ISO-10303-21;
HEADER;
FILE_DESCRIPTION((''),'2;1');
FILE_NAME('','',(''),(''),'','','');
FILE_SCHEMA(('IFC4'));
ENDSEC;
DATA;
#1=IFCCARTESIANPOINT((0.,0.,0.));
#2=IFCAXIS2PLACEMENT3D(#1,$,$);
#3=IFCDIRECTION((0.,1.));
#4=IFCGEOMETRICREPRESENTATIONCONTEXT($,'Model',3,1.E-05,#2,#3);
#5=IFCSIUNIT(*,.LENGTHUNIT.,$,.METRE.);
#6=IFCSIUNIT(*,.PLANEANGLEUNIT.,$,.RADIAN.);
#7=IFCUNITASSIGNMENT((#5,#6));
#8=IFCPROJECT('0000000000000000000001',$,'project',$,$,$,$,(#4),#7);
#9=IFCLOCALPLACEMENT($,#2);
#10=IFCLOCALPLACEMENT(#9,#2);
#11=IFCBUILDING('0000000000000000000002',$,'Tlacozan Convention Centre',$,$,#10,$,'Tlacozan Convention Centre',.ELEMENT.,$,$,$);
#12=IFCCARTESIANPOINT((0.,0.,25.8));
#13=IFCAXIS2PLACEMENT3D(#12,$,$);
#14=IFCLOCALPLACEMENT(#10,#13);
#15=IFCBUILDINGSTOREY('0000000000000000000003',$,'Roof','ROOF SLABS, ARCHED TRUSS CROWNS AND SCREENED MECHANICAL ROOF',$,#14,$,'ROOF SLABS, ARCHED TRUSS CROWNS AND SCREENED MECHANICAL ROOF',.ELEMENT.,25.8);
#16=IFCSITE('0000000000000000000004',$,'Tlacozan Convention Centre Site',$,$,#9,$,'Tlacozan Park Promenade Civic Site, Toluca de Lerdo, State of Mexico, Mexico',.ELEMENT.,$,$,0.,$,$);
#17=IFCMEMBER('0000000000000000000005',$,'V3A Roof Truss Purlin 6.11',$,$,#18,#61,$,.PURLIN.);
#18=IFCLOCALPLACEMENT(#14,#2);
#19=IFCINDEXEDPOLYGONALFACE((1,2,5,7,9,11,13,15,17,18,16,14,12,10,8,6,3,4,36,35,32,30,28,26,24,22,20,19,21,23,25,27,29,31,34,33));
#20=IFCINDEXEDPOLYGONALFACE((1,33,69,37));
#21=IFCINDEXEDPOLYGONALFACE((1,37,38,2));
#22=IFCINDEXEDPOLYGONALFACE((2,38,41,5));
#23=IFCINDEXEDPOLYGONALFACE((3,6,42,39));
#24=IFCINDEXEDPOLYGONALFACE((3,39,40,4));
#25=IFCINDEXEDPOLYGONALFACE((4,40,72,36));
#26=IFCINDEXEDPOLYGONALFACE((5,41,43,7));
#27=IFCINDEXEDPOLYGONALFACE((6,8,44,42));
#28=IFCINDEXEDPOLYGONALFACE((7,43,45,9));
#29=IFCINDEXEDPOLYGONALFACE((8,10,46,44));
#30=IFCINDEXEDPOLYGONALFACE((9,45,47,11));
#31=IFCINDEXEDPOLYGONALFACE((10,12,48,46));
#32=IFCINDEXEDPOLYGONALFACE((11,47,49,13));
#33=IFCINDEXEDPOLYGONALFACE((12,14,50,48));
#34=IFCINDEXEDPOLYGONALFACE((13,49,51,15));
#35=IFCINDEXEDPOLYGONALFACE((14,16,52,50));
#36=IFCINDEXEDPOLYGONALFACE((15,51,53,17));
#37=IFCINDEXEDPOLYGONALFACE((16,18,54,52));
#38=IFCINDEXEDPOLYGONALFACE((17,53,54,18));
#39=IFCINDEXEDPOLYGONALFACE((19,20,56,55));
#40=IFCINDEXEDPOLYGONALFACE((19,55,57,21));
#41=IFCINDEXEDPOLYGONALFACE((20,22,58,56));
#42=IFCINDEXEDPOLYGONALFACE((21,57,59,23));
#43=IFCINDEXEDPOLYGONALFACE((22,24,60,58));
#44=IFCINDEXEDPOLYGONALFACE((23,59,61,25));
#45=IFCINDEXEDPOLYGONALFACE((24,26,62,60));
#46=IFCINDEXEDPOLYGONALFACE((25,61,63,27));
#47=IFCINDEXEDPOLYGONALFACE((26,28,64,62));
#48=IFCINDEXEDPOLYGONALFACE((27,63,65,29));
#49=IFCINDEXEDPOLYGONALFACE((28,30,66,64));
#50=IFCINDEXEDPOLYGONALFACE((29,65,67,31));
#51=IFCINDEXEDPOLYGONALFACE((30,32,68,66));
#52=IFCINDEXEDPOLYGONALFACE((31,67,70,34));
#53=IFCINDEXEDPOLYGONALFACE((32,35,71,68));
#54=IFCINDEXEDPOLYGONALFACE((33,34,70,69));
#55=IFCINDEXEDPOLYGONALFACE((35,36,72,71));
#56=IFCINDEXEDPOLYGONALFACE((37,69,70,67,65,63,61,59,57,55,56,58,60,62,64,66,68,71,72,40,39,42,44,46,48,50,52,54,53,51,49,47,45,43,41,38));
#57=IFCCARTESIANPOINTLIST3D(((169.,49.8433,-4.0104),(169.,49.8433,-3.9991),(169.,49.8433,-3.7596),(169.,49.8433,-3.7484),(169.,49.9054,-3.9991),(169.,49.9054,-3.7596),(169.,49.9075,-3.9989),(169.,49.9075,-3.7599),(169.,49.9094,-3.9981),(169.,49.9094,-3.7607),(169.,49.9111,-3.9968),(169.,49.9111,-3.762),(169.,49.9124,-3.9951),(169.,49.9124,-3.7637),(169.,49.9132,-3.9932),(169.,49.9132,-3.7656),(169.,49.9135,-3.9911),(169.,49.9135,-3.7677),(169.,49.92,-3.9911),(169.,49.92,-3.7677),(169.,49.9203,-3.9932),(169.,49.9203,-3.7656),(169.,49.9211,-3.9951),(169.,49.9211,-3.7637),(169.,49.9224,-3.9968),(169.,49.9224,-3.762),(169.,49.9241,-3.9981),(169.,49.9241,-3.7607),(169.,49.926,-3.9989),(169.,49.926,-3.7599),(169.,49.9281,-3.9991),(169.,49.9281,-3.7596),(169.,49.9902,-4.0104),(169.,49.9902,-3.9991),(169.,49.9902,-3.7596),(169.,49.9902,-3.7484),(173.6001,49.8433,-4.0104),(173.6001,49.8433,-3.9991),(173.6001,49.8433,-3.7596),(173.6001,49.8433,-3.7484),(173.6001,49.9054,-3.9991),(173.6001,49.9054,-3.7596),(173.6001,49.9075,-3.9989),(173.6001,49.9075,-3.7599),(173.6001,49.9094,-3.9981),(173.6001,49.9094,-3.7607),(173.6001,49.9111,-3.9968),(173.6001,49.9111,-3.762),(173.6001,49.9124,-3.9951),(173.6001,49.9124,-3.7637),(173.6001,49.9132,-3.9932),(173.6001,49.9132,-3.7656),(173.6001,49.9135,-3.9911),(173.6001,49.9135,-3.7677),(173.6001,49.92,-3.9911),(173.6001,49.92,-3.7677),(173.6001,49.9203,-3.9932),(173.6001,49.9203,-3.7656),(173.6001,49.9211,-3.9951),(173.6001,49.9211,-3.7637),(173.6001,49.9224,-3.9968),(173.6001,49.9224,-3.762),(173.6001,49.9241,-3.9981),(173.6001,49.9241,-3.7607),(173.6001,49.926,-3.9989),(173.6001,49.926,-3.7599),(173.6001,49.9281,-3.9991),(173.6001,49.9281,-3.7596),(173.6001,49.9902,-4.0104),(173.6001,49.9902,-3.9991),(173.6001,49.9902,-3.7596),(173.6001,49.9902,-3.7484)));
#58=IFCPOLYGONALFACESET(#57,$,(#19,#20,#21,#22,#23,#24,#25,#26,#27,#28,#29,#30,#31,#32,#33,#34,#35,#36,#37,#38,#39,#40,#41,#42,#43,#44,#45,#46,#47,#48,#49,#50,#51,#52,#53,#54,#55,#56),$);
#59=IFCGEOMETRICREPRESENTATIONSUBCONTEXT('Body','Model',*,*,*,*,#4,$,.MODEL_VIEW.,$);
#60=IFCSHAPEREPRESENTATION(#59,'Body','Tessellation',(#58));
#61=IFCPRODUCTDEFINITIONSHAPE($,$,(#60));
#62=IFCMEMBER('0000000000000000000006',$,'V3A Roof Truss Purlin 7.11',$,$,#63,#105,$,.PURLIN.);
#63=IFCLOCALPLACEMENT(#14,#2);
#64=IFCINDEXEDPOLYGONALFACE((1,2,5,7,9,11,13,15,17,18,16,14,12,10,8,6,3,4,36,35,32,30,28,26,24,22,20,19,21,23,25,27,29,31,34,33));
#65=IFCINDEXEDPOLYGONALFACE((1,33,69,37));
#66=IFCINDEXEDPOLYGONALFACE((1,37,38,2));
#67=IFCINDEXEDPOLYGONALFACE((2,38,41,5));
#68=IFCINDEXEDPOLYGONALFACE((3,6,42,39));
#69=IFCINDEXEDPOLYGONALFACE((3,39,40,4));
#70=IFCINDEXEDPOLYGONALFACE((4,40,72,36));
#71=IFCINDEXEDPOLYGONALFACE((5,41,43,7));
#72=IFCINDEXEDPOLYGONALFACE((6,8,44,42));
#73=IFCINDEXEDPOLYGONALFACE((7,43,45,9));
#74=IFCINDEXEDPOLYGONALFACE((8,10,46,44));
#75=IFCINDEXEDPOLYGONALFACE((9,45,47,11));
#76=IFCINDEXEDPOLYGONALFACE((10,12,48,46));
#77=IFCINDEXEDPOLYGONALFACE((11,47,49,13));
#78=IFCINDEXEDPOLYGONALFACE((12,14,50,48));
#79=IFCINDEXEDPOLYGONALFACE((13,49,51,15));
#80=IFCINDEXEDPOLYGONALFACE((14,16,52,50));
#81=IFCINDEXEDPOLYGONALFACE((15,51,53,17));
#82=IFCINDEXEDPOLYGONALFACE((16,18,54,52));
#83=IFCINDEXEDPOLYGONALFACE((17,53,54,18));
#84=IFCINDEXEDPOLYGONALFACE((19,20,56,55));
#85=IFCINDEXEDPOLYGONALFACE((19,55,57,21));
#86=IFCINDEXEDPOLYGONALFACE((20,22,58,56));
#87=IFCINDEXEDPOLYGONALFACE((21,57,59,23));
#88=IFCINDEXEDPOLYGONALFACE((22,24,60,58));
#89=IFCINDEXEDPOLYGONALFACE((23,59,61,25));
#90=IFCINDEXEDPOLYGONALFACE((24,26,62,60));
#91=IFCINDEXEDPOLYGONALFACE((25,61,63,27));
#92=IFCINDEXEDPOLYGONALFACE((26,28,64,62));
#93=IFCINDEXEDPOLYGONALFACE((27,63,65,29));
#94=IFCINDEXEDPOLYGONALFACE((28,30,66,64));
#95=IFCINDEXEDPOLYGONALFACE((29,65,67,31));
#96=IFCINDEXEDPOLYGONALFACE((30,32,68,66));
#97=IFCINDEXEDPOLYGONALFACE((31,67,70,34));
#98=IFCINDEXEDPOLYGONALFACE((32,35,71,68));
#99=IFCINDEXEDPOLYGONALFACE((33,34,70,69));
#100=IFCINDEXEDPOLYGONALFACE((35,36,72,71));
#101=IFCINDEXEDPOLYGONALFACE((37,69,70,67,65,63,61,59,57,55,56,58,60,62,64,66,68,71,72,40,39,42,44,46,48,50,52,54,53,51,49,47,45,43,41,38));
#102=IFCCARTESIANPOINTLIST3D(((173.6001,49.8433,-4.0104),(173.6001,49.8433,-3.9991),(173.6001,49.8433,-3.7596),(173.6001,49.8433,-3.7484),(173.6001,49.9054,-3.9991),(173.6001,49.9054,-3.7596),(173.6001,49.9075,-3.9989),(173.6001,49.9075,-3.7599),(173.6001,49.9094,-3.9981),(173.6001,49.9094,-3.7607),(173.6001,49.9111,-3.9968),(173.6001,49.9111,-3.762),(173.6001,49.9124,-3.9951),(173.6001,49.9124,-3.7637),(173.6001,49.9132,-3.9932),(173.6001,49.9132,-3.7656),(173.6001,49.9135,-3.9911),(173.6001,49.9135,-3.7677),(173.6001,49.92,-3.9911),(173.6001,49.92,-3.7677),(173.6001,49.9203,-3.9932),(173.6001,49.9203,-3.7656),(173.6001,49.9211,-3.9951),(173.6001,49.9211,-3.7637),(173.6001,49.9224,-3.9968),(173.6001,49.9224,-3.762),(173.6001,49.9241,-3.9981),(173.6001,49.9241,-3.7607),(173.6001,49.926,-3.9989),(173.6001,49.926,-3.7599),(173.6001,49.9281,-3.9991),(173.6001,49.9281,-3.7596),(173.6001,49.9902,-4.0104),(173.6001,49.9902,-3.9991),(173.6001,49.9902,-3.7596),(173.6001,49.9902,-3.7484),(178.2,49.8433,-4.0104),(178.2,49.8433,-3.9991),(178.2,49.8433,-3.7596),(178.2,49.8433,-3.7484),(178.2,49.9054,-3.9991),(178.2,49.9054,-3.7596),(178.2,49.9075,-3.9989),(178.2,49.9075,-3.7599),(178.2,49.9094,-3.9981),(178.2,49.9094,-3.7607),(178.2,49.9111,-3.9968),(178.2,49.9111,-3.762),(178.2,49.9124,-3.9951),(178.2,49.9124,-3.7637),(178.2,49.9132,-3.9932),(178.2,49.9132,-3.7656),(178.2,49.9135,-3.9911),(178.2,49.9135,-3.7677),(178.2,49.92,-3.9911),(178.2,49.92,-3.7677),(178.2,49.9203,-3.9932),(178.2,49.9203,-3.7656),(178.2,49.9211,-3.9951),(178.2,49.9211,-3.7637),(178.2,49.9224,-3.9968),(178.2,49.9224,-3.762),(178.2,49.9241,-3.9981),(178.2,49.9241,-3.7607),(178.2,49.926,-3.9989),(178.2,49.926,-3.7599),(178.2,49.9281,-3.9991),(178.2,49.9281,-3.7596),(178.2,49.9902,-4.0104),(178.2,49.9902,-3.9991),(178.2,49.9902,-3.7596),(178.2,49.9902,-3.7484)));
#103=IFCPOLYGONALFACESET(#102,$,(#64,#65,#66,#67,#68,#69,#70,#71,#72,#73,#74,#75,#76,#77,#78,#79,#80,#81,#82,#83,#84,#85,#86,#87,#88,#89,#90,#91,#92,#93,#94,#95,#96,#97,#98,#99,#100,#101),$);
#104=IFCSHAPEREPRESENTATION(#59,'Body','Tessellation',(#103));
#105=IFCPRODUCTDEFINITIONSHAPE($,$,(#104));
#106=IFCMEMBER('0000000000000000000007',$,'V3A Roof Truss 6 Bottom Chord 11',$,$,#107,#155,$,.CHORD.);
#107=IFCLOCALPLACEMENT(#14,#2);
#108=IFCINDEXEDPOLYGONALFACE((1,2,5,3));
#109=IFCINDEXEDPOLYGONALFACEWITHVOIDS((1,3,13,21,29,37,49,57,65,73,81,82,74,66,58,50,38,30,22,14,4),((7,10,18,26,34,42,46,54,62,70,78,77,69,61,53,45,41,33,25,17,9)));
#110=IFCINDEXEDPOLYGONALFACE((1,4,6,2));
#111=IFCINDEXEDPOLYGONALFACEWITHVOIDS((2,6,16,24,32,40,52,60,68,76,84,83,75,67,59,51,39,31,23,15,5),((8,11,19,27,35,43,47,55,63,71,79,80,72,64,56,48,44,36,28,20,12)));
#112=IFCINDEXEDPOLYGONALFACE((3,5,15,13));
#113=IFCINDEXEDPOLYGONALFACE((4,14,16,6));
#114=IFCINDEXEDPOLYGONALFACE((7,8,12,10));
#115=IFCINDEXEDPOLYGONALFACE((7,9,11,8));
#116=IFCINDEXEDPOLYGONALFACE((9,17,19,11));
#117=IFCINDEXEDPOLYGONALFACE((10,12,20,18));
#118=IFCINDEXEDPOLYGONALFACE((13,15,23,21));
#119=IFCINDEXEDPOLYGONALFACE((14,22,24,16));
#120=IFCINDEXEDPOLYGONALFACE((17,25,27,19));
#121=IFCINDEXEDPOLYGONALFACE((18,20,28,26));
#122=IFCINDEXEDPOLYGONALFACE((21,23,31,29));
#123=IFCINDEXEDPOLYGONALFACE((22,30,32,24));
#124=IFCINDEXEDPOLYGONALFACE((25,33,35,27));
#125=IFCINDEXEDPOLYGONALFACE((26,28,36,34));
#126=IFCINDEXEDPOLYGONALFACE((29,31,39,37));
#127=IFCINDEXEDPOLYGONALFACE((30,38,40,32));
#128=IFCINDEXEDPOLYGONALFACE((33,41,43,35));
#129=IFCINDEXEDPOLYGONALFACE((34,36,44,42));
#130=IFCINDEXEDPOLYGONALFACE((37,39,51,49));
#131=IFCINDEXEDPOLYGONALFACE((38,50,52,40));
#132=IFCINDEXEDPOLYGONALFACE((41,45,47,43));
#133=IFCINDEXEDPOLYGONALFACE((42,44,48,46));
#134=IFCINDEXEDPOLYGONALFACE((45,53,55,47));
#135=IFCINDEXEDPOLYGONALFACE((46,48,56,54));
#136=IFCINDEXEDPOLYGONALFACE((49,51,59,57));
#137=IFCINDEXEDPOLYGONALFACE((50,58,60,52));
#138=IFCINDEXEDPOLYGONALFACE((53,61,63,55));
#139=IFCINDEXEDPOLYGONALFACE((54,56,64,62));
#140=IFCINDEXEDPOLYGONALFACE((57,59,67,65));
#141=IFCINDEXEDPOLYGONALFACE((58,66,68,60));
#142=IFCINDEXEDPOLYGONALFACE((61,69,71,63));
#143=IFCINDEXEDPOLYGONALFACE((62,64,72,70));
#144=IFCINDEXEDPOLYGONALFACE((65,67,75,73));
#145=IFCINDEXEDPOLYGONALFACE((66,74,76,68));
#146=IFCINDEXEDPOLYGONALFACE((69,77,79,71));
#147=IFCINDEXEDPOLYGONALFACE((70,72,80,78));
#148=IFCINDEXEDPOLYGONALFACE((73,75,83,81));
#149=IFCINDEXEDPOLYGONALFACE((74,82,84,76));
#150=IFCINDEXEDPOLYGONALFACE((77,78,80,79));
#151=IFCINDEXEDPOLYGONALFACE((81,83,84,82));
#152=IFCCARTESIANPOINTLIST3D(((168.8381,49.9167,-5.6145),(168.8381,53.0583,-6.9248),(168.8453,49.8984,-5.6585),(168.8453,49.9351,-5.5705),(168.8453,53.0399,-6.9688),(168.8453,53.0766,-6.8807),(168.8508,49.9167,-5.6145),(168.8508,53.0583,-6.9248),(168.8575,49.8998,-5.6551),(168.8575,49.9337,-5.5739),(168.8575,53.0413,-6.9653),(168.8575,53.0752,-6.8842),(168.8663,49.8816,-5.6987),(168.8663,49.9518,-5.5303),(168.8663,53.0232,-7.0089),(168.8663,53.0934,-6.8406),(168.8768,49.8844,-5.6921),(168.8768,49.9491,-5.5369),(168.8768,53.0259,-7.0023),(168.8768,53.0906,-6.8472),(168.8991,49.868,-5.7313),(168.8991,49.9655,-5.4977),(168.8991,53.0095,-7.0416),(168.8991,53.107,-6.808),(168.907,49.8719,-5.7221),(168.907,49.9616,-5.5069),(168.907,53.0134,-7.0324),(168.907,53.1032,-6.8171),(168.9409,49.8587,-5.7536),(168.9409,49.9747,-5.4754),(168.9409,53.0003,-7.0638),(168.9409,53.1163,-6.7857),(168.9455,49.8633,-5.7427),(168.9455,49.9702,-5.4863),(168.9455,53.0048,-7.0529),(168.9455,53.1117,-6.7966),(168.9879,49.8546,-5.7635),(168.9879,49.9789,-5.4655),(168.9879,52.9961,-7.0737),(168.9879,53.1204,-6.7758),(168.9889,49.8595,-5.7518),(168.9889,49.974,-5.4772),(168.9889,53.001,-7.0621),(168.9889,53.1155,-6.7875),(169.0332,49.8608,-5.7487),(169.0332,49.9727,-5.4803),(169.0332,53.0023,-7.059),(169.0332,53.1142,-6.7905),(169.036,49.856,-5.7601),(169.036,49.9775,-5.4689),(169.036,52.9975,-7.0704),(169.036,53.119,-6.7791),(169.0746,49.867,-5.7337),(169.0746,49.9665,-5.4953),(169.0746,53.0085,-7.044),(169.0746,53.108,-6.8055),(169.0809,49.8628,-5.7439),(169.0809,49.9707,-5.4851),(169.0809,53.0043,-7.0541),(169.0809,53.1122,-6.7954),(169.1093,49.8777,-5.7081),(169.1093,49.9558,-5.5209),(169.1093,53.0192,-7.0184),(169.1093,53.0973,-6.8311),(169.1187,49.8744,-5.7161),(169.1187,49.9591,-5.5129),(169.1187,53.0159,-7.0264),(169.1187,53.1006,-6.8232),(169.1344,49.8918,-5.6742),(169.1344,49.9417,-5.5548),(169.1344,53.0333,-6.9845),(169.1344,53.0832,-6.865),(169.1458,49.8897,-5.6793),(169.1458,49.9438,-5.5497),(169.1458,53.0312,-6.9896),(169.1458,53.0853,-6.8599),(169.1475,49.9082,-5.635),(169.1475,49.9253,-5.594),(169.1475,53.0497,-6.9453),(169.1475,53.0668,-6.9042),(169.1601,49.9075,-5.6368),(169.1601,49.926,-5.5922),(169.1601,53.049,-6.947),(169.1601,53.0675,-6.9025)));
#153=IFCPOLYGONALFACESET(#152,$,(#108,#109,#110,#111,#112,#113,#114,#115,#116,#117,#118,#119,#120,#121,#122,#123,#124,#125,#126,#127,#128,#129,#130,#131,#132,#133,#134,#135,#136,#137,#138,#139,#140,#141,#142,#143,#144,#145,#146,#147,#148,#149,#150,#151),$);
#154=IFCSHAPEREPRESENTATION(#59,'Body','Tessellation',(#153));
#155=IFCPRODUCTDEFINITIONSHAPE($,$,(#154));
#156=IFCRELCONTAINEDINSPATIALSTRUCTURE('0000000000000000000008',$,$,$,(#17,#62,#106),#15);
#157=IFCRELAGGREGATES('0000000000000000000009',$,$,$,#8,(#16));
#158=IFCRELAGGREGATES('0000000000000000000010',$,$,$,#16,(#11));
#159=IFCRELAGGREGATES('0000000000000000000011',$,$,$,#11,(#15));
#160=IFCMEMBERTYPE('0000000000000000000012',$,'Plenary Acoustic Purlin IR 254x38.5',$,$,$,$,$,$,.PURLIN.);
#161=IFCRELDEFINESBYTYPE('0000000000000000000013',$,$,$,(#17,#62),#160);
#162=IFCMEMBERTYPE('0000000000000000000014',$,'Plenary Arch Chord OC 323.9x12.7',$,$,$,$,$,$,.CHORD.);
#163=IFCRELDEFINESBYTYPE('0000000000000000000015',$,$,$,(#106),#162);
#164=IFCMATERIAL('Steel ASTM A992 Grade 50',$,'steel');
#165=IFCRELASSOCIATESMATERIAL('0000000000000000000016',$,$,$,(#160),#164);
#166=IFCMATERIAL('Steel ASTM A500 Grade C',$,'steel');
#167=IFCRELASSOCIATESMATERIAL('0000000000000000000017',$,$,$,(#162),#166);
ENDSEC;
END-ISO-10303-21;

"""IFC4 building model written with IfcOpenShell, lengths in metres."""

from ifc_helpers import new_model, si_unit, direction, frame, origin, origin_2d, place, context, subcontext, project, spatial, hollow_circle, i_section, extrude, material, material_profile, profile_set, type_object, element, save


model = new_model("IFC4")

# Units and contexts
model_context = context("Model", 3, precision=1e-05, world=origin(), true_north=direction((0.0, 1.0)))
body_context = subcontext(model_context, "Body", "Model", "MODEL_VIEW")
ifc_project = project(units=[si_unit("LENGTHUNIT", "METRE"), si_unit("PLANEANGLEUNIT", "RADIAN")], contexts=[model_context])

# Site, building, storey
site_placement = place(None, origin())
site = spatial("IfcSite", under=ifc_project, at=site_placement, Name="Tlacozan Convention Centre Site", LongName="Tlacozan Park Promenade Civic Site, Toluca de Lerdo, State of Mexico, Mexico", CompositionType="ELEMENT", RefElevation=0.0)
building_placement = place(site_placement, origin())
building = spatial("IfcBuilding", under=site, at=building_placement, Name="Tlacozan Convention Centre", LongName="Tlacozan Convention Centre", CompositionType="ELEMENT")
storey_placement = place(building_placement, frame((0.0, 0.0, 25.8)))
storey = spatial("IfcBuildingStorey", under=building, at=storey_placement, Name="Roof", Description="ROOF SLABS, ARCHED TRUSS CROWNS AND SCREENED MECHANICAL ROOF", LongName="ROOF SLABS, ARCHED TRUSS CROWNS AND SCREENED MECHANICAL ROOF", CompositionType="ELEMENT", Elevation=25.8)

# Members
ifc_material_1 = material(Name="Steel ASTM A992 Grade 50", Category="steel")
ifc_material_profile_1 = material_profile(ifc_material_1, i_section(OverallWidth=0.147, OverallDepth=0.262, WebThickness=0.0066, FlangeThickness=0.0112, FilletRadius=0.0081, at=origin_2d()), Name="IR 254x38.5")
ifc_profile_set_1 = profile_set([ifc_material_profile_1], Name="Steel ASTM A992 Grade 50")
member_type_1 = type_object("IfcMemberType", Name="Plenary Acoustic Purlin IR 254x38.5", PredefinedType="PURLIN", material=ifc_profile_set_1)
member_1_placement = place(storey_placement, frame((169.0, 49.9167, -3.8794), z_axis=(1.0, 0.0, 0.0), x_axis=(0.0, 1.0, 0.0)))
element("IfcMember", 1, at=member_1_placement, inside=storey, type_object=member_type_1, Name="V3A Roof Truss Purlin 6.11", PredefinedType="PURLIN", context=body_context, shape_type="SweptSolid", body=[
    extrude(i_section(OverallWidth=0.147, OverallDepth=0.262, WebThickness=0.0066, FlangeThickness=0.0112, FilletRadius=0.0081, at=origin_2d()), origin(), (0.0, 0.0, 1.0), 4.6001),
])
member_2_placement = place(storey_placement, frame((173.6001, 49.9167, -3.8794), z_axis=(1.0, 0.0, 0.0), x_axis=(0.0, 1.0, 0.0)))
element("IfcMember", 2, at=member_2_placement, inside=storey, type_object=member_type_1, Name="V3A Roof Truss Purlin 7.11", PredefinedType="PURLIN", context=body_context, shape_type="SweptSolid", body=[
    extrude(i_section(OverallWidth=0.147, OverallDepth=0.262, WebThickness=0.0066, FlangeThickness=0.0112, FilletRadius=0.0081, at=origin_2d()), origin(), (0.0, 0.0, 1.0), 4.5999),
])
ifc_material_2 = material(Name="Steel ASTM A500 Grade C", Category="steel")
ifc_material_profile_2 = material_profile(ifc_material_2, hollow_circle(Radius=0.1619, WallThickness=0.0127, at=origin_2d()), Name="OC 323.9x12.7")
ifc_profile_set_2 = profile_set([ifc_material_profile_2], Name="Steel ASTM A500 Grade C")
member_type_2 = type_object("IfcMemberType", Name="Plenary Arch Chord OC 323.9x12.7", PredefinedType="CHORD", material=ifc_profile_set_2)
member_3_placement = place(storey_placement, frame((169.0, 49.9167, -5.6145), z_axis=(0.0, 0.922941, -0.384941), x_axis=(-1.0, 0.0, 0.0)))
element("IfcMember", 3, at=member_3_placement, inside=storey, type_object=member_type_2, Name="V3A Roof Truss 6 Bottom Chord 11", PredefinedType="CHORD", context=body_context, shape_type="SweptSolid", body=[
    extrude(hollow_circle(Radius=0.1619, WallThickness=0.0127, at=origin_2d()), origin(), (0.0, 0.0, 1.0), 3.4038),
])

save(model, "model.ifc")
